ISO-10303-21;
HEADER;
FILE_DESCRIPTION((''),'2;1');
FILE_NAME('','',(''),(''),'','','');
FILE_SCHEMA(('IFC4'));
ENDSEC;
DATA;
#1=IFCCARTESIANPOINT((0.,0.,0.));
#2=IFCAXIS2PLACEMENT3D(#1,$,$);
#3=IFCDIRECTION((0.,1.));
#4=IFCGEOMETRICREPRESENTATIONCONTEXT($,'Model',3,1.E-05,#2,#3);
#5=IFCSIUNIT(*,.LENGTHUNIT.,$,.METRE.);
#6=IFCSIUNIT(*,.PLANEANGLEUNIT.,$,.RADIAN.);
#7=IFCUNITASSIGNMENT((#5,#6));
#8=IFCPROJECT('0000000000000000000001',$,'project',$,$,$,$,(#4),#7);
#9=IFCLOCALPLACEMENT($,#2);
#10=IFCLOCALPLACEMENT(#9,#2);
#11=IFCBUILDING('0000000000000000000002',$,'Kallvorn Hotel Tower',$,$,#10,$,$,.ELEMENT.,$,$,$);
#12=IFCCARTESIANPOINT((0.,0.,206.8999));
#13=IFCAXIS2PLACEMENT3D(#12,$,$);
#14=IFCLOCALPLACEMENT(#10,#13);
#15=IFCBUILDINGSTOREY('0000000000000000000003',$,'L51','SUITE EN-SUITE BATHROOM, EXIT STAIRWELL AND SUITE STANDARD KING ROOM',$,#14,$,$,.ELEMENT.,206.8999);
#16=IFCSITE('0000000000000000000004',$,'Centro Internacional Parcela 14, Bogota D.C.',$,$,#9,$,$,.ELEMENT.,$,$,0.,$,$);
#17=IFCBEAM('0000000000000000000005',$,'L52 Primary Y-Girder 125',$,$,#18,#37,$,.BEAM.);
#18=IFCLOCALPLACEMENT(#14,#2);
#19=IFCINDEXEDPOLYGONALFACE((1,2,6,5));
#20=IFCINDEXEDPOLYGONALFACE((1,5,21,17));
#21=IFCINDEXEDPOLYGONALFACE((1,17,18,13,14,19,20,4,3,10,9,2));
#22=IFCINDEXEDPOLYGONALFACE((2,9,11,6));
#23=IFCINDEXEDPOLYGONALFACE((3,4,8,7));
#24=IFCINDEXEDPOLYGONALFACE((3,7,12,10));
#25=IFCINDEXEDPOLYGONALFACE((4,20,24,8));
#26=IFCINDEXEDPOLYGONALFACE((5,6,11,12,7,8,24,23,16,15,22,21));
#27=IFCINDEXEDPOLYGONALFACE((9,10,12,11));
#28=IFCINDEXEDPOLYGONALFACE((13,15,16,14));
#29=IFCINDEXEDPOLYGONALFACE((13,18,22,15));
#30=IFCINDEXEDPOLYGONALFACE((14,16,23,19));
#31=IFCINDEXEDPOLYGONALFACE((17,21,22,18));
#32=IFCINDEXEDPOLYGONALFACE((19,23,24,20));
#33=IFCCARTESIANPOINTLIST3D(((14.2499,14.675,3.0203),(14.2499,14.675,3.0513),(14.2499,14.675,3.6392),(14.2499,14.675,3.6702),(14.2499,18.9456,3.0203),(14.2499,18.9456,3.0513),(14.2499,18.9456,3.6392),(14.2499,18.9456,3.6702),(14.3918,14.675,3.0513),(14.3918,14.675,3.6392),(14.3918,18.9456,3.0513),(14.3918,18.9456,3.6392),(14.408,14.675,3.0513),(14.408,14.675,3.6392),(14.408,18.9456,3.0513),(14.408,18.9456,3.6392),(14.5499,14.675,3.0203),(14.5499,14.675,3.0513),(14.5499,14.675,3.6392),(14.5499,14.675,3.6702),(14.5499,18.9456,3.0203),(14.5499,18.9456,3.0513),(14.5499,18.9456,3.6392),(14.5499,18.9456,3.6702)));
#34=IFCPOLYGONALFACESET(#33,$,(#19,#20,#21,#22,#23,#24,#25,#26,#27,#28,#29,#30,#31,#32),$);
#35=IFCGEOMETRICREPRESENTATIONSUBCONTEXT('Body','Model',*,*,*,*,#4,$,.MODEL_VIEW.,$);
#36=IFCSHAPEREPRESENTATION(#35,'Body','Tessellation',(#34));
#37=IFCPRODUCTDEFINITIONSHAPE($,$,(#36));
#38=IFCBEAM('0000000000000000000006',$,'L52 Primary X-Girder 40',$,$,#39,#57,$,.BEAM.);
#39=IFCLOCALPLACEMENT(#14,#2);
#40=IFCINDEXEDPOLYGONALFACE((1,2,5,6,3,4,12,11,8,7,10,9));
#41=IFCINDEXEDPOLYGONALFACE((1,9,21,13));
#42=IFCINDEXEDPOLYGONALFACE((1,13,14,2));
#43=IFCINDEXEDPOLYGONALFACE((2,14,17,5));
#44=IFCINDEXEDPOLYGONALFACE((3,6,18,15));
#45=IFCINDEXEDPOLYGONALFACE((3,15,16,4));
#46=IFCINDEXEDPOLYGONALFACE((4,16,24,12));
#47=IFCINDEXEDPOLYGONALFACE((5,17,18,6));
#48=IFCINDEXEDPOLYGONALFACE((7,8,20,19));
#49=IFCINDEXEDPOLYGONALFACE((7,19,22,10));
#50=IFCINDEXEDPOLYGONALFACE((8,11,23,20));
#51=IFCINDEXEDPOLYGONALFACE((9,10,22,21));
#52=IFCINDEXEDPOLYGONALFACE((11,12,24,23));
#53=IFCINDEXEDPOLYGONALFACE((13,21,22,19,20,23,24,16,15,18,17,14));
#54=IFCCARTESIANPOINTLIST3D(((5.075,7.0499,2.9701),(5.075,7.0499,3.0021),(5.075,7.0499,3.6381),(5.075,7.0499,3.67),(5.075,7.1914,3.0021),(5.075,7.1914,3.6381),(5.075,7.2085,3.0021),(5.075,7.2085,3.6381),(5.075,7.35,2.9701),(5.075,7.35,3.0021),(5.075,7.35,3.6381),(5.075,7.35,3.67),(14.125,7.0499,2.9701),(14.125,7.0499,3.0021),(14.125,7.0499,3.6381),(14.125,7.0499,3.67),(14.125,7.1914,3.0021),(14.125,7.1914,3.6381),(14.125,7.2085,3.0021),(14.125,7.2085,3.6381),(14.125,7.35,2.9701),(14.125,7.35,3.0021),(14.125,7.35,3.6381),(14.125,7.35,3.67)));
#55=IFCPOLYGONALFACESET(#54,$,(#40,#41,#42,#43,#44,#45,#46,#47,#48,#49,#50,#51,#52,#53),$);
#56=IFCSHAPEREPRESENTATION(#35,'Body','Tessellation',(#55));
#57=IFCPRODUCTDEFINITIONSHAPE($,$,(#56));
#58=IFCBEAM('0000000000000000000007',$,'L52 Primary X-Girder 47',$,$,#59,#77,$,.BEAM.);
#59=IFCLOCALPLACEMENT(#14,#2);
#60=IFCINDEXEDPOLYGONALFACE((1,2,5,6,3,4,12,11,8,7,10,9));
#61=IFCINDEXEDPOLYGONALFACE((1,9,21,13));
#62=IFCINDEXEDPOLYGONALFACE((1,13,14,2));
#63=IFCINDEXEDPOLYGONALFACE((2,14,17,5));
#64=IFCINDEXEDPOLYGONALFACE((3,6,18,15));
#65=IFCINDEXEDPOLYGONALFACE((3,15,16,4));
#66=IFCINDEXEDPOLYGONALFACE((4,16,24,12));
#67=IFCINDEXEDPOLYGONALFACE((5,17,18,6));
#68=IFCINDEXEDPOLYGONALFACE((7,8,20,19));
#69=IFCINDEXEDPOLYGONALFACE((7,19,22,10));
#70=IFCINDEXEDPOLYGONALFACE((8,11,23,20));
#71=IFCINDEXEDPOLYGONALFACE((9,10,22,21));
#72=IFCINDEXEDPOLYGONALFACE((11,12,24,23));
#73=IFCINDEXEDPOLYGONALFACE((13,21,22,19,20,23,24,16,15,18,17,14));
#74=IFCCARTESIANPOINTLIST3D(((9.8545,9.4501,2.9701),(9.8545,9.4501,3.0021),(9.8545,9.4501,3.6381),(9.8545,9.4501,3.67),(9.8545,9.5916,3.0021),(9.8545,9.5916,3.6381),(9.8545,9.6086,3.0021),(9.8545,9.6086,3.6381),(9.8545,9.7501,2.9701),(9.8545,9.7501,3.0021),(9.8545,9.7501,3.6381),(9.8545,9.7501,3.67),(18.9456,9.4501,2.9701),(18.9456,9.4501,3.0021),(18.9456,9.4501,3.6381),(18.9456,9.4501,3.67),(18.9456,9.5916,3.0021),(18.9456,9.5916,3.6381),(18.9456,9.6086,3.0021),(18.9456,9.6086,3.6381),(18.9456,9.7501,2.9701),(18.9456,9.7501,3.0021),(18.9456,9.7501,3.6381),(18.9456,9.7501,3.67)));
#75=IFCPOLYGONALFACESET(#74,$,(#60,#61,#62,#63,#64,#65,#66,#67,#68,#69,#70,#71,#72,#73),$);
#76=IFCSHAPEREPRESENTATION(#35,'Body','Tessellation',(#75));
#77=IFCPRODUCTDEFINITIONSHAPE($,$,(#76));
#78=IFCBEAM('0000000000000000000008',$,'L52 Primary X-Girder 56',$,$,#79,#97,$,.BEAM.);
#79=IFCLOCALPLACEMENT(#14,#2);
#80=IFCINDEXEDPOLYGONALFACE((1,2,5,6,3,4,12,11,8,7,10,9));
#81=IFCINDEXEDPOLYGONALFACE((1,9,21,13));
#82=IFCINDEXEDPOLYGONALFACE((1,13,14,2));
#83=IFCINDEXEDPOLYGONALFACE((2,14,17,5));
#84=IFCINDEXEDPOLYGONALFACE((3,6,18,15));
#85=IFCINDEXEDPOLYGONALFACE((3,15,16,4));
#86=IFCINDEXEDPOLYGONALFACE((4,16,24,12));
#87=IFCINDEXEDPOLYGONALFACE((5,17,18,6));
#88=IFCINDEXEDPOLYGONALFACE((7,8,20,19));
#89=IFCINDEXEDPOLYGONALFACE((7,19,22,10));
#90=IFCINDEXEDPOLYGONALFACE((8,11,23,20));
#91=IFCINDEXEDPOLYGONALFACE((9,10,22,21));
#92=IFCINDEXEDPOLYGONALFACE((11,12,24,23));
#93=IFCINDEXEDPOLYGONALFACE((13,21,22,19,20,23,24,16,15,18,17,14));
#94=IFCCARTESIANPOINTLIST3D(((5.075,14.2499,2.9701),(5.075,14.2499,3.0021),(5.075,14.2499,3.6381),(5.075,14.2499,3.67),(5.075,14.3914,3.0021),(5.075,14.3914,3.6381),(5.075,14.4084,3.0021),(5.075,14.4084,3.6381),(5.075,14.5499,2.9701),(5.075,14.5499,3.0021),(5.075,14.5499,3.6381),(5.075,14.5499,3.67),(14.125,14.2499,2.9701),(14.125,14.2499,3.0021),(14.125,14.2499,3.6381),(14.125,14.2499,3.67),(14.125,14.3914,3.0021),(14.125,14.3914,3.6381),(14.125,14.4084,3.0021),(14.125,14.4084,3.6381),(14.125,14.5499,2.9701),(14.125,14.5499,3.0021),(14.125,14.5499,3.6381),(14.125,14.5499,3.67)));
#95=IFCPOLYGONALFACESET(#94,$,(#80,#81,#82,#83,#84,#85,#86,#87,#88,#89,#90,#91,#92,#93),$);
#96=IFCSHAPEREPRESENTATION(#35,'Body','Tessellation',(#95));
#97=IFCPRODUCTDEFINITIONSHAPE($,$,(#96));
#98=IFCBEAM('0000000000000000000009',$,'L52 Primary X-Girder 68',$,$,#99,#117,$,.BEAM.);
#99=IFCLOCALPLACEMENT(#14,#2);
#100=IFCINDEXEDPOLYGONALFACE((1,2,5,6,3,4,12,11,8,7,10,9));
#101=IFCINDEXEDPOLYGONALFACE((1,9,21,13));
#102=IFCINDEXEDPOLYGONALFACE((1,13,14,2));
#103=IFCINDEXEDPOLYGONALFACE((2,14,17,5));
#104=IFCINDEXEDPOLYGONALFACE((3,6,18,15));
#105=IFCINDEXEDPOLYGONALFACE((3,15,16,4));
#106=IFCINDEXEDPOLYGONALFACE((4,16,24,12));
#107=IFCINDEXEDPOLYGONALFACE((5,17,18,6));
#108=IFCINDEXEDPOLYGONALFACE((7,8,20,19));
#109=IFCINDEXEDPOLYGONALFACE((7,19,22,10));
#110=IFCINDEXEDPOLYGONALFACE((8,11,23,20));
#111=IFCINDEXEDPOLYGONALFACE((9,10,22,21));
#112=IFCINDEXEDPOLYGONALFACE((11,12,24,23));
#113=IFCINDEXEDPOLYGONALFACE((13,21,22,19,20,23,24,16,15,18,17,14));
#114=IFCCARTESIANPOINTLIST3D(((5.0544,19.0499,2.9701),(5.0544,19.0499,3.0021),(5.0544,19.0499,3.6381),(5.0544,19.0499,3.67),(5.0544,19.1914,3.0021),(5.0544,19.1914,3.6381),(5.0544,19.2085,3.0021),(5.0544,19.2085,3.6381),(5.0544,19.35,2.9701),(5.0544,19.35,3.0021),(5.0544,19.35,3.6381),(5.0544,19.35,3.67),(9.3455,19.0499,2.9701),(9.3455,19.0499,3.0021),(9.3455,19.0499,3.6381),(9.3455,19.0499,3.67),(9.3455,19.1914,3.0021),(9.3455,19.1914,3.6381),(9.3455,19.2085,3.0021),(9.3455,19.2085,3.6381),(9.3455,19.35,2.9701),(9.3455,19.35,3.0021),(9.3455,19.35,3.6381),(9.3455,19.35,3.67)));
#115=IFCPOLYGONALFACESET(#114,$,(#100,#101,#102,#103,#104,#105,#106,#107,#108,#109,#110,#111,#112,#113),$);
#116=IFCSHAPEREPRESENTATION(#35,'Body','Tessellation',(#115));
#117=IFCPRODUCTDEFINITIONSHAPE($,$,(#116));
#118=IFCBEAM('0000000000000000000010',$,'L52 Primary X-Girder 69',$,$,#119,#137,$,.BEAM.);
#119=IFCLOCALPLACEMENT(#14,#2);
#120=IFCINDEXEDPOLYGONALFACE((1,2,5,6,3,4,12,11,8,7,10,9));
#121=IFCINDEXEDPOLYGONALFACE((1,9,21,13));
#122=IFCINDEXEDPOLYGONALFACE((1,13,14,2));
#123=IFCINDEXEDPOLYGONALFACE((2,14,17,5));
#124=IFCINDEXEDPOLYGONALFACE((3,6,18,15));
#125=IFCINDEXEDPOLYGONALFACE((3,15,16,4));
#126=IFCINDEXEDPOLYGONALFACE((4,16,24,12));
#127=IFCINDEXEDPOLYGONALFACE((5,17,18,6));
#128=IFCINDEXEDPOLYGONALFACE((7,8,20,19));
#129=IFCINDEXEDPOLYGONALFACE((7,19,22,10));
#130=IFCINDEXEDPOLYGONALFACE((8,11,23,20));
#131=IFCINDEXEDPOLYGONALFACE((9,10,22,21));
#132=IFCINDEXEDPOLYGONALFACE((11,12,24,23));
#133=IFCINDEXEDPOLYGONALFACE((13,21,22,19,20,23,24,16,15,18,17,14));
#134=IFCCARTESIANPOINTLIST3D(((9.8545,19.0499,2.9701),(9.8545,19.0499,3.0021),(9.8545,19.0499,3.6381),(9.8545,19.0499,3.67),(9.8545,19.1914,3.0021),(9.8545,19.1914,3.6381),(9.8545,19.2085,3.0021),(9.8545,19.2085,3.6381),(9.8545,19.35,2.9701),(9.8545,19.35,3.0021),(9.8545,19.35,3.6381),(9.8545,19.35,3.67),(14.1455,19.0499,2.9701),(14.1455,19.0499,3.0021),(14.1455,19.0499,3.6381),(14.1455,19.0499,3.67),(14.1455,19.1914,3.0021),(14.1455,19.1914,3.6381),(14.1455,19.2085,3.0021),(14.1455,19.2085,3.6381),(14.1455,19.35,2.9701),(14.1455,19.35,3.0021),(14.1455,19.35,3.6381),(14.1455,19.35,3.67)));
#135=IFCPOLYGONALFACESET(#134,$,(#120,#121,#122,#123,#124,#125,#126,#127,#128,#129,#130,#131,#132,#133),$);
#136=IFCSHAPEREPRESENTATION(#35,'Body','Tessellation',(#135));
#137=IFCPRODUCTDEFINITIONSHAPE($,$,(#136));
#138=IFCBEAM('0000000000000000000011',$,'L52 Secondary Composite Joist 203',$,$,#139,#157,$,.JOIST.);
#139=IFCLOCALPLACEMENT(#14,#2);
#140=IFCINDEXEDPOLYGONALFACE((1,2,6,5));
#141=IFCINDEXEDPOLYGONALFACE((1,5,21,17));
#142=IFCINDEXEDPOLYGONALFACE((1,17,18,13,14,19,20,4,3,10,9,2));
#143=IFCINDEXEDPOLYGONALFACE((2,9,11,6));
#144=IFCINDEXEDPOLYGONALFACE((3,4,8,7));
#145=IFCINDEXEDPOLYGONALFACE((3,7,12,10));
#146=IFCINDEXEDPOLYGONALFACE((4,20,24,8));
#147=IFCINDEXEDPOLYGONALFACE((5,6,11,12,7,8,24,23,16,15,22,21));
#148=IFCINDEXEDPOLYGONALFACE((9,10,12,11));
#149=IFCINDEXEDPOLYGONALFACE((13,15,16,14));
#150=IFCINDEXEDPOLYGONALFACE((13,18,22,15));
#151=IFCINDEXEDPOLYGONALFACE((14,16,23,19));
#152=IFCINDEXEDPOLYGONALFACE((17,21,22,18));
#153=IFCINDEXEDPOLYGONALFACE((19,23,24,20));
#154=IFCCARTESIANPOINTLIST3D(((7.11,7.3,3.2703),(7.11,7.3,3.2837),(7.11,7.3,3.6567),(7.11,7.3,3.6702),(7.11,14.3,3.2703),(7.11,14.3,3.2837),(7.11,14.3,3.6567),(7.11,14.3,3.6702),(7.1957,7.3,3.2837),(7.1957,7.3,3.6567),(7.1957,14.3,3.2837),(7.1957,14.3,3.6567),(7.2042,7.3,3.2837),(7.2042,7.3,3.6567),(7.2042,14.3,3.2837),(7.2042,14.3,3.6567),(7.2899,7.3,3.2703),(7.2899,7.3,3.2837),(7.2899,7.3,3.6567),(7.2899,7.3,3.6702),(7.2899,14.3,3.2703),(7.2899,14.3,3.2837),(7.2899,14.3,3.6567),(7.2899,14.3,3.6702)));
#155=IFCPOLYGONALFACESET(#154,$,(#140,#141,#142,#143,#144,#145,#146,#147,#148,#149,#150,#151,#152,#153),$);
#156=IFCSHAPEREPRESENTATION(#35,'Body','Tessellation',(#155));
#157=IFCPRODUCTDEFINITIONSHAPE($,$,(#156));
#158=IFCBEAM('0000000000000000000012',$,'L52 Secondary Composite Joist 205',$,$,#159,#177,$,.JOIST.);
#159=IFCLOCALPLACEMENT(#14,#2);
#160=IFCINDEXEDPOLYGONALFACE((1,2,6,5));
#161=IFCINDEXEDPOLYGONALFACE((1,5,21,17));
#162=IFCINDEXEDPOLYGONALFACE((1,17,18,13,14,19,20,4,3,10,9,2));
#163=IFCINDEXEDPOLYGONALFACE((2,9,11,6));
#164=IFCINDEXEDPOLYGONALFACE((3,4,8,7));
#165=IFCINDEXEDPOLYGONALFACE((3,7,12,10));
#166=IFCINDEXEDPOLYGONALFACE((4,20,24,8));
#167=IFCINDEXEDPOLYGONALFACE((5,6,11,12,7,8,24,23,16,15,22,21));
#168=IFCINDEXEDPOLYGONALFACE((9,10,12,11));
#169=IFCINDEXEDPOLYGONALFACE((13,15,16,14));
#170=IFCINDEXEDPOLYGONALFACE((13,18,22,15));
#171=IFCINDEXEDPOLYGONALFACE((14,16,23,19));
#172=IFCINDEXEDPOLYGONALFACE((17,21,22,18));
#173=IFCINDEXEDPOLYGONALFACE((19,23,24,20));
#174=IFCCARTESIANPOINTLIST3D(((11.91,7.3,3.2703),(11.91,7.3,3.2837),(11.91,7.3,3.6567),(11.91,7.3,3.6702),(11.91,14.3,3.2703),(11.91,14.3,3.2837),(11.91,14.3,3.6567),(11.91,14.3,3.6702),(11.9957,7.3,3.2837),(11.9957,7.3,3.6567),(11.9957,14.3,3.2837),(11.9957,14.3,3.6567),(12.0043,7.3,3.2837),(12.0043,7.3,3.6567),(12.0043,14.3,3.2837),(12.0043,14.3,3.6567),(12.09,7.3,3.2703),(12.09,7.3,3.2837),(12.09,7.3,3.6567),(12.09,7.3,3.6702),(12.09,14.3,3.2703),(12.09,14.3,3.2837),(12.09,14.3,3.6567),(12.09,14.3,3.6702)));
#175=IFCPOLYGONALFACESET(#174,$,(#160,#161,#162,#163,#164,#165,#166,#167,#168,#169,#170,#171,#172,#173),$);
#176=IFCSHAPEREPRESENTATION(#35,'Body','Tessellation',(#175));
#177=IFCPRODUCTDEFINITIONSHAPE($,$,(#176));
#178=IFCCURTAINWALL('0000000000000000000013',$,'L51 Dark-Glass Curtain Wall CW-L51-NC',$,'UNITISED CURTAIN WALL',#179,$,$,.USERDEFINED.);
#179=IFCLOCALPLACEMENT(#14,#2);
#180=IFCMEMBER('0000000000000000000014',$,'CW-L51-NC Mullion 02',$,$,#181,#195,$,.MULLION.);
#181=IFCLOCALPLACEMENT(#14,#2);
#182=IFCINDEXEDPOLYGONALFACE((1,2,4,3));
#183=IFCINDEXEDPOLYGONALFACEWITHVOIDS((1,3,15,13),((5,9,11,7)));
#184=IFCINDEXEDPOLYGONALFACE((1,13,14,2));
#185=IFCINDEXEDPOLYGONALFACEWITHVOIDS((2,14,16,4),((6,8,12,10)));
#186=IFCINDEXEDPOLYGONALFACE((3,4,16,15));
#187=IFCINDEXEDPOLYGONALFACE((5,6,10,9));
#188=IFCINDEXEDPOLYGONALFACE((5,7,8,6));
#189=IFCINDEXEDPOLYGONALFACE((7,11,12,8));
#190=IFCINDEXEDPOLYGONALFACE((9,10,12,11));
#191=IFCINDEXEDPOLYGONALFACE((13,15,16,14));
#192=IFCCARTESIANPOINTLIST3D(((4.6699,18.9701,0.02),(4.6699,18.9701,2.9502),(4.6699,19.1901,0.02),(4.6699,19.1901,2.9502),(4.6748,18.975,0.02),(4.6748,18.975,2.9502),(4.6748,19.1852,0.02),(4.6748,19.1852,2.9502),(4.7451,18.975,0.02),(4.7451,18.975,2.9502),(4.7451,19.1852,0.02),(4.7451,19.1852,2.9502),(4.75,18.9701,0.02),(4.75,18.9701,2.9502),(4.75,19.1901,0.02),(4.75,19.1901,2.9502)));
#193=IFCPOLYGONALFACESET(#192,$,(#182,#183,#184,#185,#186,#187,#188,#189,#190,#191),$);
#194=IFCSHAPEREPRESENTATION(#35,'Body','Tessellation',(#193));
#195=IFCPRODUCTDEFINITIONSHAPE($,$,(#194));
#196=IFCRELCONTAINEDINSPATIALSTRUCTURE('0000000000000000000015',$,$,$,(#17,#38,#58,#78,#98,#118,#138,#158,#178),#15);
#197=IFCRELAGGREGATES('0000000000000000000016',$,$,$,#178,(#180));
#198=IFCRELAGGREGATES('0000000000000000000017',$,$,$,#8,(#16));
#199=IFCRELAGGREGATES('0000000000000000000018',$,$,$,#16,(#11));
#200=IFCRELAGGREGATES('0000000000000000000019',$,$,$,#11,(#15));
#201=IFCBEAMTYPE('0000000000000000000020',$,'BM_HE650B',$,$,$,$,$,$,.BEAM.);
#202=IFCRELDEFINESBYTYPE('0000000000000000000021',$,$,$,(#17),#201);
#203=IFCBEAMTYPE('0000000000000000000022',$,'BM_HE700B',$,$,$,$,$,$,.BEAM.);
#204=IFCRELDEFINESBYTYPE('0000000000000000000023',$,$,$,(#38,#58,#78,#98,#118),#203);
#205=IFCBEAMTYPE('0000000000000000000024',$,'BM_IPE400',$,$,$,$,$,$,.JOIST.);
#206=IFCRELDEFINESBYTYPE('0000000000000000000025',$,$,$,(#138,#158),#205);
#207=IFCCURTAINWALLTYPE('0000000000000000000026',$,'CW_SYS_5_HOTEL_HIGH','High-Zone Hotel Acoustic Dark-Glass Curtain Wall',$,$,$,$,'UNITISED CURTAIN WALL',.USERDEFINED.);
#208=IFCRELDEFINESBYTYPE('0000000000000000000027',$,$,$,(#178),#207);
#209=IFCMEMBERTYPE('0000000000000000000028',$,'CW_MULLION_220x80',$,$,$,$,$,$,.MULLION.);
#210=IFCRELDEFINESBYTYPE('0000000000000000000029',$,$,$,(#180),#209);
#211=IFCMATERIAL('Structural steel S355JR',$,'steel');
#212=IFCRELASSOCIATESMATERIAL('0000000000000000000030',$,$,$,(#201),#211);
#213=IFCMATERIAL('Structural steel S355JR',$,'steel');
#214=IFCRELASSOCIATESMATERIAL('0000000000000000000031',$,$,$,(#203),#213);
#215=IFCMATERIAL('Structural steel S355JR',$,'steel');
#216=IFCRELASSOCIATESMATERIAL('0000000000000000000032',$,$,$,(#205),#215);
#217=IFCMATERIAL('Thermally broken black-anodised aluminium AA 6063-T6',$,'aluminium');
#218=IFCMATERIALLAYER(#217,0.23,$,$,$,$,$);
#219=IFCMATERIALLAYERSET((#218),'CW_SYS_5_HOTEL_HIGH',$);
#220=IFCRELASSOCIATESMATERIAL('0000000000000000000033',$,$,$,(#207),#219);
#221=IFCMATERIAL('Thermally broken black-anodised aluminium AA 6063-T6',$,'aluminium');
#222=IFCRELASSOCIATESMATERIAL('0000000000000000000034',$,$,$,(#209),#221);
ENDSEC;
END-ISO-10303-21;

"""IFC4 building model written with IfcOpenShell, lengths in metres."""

from ifc_helpers import new_model, si_unit, direction, frame, origin, origin_2d, place, context, subcontext, project, spatial, hollow_rectangle, i_section, extrude, material, layer, layer_set, material_profile, profile_set, type_object, element, aggregate, save


model = new_model("IFC4")

# Units and contexts
model_context = context("Model", 3, precision=1e-05, world=origin(), true_north=direction((0.0, 1.0)))
body_context = subcontext(model_context, "Body", "Model", "MODEL_VIEW")
ifc_project = project(units=[si_unit("LENGTHUNIT", "METRE"), si_unit("PLANEANGLEUNIT", "RADIAN")], contexts=[model_context])

# Site, building, storey
site_placement = place(None, origin())
site = spatial("IfcSite", under=ifc_project, at=site_placement, Name="Centro Internacional Parcela 14, Bogota D.C.", CompositionType="ELEMENT", RefElevation=0.0)
building_placement = place(site_placement, origin())
building = spatial("IfcBuilding", under=site, at=building_placement, Name="Kallvorn Hotel Tower", CompositionType="ELEMENT")
storey_placement = place(building_placement, frame((0.0, 0.0, 206.8999)))
storey = spatial("IfcBuildingStorey", under=building, at=storey_placement, Name="L51", Description="SUITE EN-SUITE BATHROOM, EXIT STAIRWELL AND SUITE STANDARD KING ROOM", CompositionType="ELEMENT", Elevation=206.8999)

# Beams
ifc_material_1 = material(Name="Structural steel S355JR", Category="steel")
ifc_material_profile_1 = material_profile(ifc_material_1, i_section(OverallWidth=0.3, OverallDepth=0.6499, WebThickness=0.0161, FlangeThickness=0.031, at=origin_2d()), Name="HE 650 B")
ifc_profile_set_1 = profile_set([ifc_material_profile_1], Name="Structural steel S355JR")
beam_type_1 = type_object("IfcBeamType", Name="BM_HE650B", PredefinedType="BEAM", material=ifc_profile_set_1)
beam_1_placement = place(storey_placement, frame((14.3999, 14.675, 3.3452), z_axis=(0.0, 1.0, 0.0), x_axis=(-1.0, 0.0, 0.0)))
element("IfcBeam", 1, at=beam_1_placement, inside=storey, type_object=beam_type_1, Name="L52 Primary Y-Girder 125", PredefinedType="BEAM", context=body_context, shape_type="SweptSolid", body=[
    extrude(i_section(OverallWidth=0.3, OverallDepth=0.6499, WebThickness=0.0161, FlangeThickness=0.031, at=origin_2d()), origin(), (0.0, 0.0, 1.0), 4.2705),
])
ifc_material_2 = material(Name="Structural steel S355JR", Category="steel")
ifc_material_profile_2 = material_profile(ifc_material_2, i_section(OverallWidth=0.3, OverallDepth=0.7, WebThickness=0.0171, FlangeThickness=0.032, at=origin_2d()), Name="HE 700 B")
ifc_profile_set_2 = profile_set([ifc_material_profile_2], Name="Structural steel S355JR")
beam_type_2 = type_object("IfcBeamType", Name="BM_HE700B", PredefinedType="BEAM", material=ifc_profile_set_2)
beam_2_placement = place(storey_placement, frame((5.075, 7.2, 3.3201), z_axis=(1.0, 0.0, 0.0), x_axis=(0.0, 1.0, 0.0)))
element("IfcBeam", 2, at=beam_2_placement, inside=storey, type_object=beam_type_2, Name="L52 Primary X-Girder 40", PredefinedType="BEAM", context=body_context, shape_type="SweptSolid", body=[
    extrude(i_section(OverallWidth=0.3, OverallDepth=0.7, WebThickness=0.0171, FlangeThickness=0.032, at=origin_2d()), origin(), (0.0, 0.0, 1.0), 9.05),
])
beam_3_placement = place(storey_placement, frame((9.8545, 9.6001, 3.3201), z_axis=(1.0, 0.0, 0.0), x_axis=(0.0, 1.0, 0.0)))
element("IfcBeam", 3, at=beam_3_placement, inside=storey, type_object=beam_type_2, Name="L52 Primary X-Girder 47", PredefinedType="BEAM", context=body_context, shape_type="SweptSolid", body=[
    extrude(i_section(OverallWidth=0.3, OverallDepth=0.7, WebThickness=0.0171, FlangeThickness=0.032, at=origin_2d()), origin(), (0.0, 0.0, 1.0), 9.0911),
])
beam_4_placement = place(storey_placement, frame((5.075, 14.3999, 3.3201), z_axis=(1.0, 0.0, 0.0), x_axis=(0.0, 1.0, 0.0)))
element("IfcBeam", 4, at=beam_4_placement, inside=storey, type_object=beam_type_2, Name="L52 Primary X-Girder 56", PredefinedType="BEAM", context=body_context, shape_type="SweptSolid", body=[
    extrude(i_section(OverallWidth=0.3, OverallDepth=0.7, WebThickness=0.0171, FlangeThickness=0.032, at=origin_2d()), origin(), (0.0, 0.0, 1.0), 9.05),
])
for number, where, z_axis, x_axis, name in (
    (5, (5.0544, 19.2, 3.3201), (1.0, 0.0, 0.0), (0.0, 1.0, 0.0), "L52 Primary X-Girder 68"),
    (6, (9.8545, 19.2, 3.3201), (1.0, 0.0, 0.0), (0.0, 1.0, 0.0), "L52 Primary X-Girder 69"),
):
    element("IfcBeam", number, at=place(storey_placement, frame(where, z_axis=z_axis, x_axis=x_axis)), inside=storey, type_object=beam_type_2, Name=name, PredefinedType="BEAM", context=body_context, shape_type="SweptSolid", body=[
        extrude(i_section(OverallWidth=0.3, OverallDepth=0.7, WebThickness=0.0171, FlangeThickness=0.032, at=origin_2d()), origin(), (0.0, 0.0, 1.0), 4.291),
    ])
ifc_material_3 = material(Name="Structural steel S355JR", Category="steel")
ifc_material_profile_3 = material_profile(ifc_material_3, i_section(OverallWidth=0.1799, OverallDepth=0.3999, WebThickness=0.0085, FlangeThickness=0.0134, at=origin_2d()), Name="IPE 400")
ifc_profile_set_3 = profile_set([ifc_material_profile_3], Name="Structural steel S355JR")
beam_type_3 = type_object("IfcBeamType", Name="BM_IPE400", PredefinedType="JOIST", material=ifc_profile_set_3)
for number, where, z_axis, x_axis, name in (
    (7, (7.2, 7.3, 3.4702), (0.0, 1.0, 0.0), (-1.0, 0.0, 0.0), "L52 Secondary Composite Joist 203"),
    (8, (12.0, 7.3, 3.4702), (0.0, 1.0, 0.0), (-1.0, 0.0, 0.0), "L52 Secondary Composite Joist 205"),
):
    element("IfcBeam", number, at=place(storey_placement, frame(where, z_axis=z_axis, x_axis=x_axis)), inside=storey, type_object=beam_type_3, Name=name, PredefinedType="JOIST", context=body_context, shape_type="SweptSolid", body=[
        extrude(i_section(OverallWidth=0.1799, OverallDepth=0.3999, WebThickness=0.0085, FlangeThickness=0.0134, at=origin_2d()), origin(), (0.0, 0.0, 1.0), 7.0),
    ])

# Curtain wall, member
ifc_material_4 = material(Name="Thermally broken black-anodised aluminium AA 6063-T6", Category="aluminium")
ifc_layer_1 = layer(ifc_material_4, 0.23)
ifc_layer_set_1 = layer_set([ifc_layer_1], Name="CW_SYS_5_HOTEL_HIGH")
curtain_wall_type = type_object("IfcCurtainWallType", Name="CW_SYS_5_HOTEL_HIGH", Description="High-Zone Hotel Acoustic Dark-Glass Curtain Wall", ElementType="UNITISED CURTAIN WALL", PredefinedType="USERDEFINED", material=ifc_layer_set_1)
curtain_wall_placement = place(storey_placement, origin())
curtain_wall = element("IfcCurtainWall", 9, at=curtain_wall_placement, inside=storey, type_object=curtain_wall_type, Name="L51 Dark-Glass Curtain Wall CW-L51-NC", ObjectType="UNITISED CURTAIN WALL", PredefinedType="USERDEFINED")
ifc_material_5 = material(Name="Thermally broken black-anodised aluminium AA 6063-T6", Category="aluminium")
ifc_material_profile_4 = material_profile(ifc_material_5, hollow_rectangle(XDim=0.0801, YDim=0.22, WallThickness=0.0049, at=origin_2d()), Name="MUL 220x80")
ifc_profile_set_4 = profile_set([ifc_material_profile_4], Name="Thermally broken black-anodised aluminium AA 6063-T6")
member_type = type_object("IfcMemberType", Name="CW_MULLION_220x80", PredefinedType="MULLION", material=ifc_profile_set_4)
member_placement = place(storey_placement, frame((4.71, 19.0801, 0.02), z_axis=(0.0, 0.0, 1.0), x_axis=(1.0, 0.0, 0.0)))
member = element("IfcMember", 10, at=member_placement, type_object=member_type, Name="CW-L51-NC Mullion 02", PredefinedType="MULLION", context=body_context, shape_type="SweptSolid", body=[
    extrude(hollow_rectangle(XDim=0.0801, YDim=0.22, WallThickness=0.0049, at=origin_2d()), origin(), (0.0, 0.0, 1.0), 2.9302),
])
aggregate(curtain_wall, [member])

save(model, "model.ifc")
